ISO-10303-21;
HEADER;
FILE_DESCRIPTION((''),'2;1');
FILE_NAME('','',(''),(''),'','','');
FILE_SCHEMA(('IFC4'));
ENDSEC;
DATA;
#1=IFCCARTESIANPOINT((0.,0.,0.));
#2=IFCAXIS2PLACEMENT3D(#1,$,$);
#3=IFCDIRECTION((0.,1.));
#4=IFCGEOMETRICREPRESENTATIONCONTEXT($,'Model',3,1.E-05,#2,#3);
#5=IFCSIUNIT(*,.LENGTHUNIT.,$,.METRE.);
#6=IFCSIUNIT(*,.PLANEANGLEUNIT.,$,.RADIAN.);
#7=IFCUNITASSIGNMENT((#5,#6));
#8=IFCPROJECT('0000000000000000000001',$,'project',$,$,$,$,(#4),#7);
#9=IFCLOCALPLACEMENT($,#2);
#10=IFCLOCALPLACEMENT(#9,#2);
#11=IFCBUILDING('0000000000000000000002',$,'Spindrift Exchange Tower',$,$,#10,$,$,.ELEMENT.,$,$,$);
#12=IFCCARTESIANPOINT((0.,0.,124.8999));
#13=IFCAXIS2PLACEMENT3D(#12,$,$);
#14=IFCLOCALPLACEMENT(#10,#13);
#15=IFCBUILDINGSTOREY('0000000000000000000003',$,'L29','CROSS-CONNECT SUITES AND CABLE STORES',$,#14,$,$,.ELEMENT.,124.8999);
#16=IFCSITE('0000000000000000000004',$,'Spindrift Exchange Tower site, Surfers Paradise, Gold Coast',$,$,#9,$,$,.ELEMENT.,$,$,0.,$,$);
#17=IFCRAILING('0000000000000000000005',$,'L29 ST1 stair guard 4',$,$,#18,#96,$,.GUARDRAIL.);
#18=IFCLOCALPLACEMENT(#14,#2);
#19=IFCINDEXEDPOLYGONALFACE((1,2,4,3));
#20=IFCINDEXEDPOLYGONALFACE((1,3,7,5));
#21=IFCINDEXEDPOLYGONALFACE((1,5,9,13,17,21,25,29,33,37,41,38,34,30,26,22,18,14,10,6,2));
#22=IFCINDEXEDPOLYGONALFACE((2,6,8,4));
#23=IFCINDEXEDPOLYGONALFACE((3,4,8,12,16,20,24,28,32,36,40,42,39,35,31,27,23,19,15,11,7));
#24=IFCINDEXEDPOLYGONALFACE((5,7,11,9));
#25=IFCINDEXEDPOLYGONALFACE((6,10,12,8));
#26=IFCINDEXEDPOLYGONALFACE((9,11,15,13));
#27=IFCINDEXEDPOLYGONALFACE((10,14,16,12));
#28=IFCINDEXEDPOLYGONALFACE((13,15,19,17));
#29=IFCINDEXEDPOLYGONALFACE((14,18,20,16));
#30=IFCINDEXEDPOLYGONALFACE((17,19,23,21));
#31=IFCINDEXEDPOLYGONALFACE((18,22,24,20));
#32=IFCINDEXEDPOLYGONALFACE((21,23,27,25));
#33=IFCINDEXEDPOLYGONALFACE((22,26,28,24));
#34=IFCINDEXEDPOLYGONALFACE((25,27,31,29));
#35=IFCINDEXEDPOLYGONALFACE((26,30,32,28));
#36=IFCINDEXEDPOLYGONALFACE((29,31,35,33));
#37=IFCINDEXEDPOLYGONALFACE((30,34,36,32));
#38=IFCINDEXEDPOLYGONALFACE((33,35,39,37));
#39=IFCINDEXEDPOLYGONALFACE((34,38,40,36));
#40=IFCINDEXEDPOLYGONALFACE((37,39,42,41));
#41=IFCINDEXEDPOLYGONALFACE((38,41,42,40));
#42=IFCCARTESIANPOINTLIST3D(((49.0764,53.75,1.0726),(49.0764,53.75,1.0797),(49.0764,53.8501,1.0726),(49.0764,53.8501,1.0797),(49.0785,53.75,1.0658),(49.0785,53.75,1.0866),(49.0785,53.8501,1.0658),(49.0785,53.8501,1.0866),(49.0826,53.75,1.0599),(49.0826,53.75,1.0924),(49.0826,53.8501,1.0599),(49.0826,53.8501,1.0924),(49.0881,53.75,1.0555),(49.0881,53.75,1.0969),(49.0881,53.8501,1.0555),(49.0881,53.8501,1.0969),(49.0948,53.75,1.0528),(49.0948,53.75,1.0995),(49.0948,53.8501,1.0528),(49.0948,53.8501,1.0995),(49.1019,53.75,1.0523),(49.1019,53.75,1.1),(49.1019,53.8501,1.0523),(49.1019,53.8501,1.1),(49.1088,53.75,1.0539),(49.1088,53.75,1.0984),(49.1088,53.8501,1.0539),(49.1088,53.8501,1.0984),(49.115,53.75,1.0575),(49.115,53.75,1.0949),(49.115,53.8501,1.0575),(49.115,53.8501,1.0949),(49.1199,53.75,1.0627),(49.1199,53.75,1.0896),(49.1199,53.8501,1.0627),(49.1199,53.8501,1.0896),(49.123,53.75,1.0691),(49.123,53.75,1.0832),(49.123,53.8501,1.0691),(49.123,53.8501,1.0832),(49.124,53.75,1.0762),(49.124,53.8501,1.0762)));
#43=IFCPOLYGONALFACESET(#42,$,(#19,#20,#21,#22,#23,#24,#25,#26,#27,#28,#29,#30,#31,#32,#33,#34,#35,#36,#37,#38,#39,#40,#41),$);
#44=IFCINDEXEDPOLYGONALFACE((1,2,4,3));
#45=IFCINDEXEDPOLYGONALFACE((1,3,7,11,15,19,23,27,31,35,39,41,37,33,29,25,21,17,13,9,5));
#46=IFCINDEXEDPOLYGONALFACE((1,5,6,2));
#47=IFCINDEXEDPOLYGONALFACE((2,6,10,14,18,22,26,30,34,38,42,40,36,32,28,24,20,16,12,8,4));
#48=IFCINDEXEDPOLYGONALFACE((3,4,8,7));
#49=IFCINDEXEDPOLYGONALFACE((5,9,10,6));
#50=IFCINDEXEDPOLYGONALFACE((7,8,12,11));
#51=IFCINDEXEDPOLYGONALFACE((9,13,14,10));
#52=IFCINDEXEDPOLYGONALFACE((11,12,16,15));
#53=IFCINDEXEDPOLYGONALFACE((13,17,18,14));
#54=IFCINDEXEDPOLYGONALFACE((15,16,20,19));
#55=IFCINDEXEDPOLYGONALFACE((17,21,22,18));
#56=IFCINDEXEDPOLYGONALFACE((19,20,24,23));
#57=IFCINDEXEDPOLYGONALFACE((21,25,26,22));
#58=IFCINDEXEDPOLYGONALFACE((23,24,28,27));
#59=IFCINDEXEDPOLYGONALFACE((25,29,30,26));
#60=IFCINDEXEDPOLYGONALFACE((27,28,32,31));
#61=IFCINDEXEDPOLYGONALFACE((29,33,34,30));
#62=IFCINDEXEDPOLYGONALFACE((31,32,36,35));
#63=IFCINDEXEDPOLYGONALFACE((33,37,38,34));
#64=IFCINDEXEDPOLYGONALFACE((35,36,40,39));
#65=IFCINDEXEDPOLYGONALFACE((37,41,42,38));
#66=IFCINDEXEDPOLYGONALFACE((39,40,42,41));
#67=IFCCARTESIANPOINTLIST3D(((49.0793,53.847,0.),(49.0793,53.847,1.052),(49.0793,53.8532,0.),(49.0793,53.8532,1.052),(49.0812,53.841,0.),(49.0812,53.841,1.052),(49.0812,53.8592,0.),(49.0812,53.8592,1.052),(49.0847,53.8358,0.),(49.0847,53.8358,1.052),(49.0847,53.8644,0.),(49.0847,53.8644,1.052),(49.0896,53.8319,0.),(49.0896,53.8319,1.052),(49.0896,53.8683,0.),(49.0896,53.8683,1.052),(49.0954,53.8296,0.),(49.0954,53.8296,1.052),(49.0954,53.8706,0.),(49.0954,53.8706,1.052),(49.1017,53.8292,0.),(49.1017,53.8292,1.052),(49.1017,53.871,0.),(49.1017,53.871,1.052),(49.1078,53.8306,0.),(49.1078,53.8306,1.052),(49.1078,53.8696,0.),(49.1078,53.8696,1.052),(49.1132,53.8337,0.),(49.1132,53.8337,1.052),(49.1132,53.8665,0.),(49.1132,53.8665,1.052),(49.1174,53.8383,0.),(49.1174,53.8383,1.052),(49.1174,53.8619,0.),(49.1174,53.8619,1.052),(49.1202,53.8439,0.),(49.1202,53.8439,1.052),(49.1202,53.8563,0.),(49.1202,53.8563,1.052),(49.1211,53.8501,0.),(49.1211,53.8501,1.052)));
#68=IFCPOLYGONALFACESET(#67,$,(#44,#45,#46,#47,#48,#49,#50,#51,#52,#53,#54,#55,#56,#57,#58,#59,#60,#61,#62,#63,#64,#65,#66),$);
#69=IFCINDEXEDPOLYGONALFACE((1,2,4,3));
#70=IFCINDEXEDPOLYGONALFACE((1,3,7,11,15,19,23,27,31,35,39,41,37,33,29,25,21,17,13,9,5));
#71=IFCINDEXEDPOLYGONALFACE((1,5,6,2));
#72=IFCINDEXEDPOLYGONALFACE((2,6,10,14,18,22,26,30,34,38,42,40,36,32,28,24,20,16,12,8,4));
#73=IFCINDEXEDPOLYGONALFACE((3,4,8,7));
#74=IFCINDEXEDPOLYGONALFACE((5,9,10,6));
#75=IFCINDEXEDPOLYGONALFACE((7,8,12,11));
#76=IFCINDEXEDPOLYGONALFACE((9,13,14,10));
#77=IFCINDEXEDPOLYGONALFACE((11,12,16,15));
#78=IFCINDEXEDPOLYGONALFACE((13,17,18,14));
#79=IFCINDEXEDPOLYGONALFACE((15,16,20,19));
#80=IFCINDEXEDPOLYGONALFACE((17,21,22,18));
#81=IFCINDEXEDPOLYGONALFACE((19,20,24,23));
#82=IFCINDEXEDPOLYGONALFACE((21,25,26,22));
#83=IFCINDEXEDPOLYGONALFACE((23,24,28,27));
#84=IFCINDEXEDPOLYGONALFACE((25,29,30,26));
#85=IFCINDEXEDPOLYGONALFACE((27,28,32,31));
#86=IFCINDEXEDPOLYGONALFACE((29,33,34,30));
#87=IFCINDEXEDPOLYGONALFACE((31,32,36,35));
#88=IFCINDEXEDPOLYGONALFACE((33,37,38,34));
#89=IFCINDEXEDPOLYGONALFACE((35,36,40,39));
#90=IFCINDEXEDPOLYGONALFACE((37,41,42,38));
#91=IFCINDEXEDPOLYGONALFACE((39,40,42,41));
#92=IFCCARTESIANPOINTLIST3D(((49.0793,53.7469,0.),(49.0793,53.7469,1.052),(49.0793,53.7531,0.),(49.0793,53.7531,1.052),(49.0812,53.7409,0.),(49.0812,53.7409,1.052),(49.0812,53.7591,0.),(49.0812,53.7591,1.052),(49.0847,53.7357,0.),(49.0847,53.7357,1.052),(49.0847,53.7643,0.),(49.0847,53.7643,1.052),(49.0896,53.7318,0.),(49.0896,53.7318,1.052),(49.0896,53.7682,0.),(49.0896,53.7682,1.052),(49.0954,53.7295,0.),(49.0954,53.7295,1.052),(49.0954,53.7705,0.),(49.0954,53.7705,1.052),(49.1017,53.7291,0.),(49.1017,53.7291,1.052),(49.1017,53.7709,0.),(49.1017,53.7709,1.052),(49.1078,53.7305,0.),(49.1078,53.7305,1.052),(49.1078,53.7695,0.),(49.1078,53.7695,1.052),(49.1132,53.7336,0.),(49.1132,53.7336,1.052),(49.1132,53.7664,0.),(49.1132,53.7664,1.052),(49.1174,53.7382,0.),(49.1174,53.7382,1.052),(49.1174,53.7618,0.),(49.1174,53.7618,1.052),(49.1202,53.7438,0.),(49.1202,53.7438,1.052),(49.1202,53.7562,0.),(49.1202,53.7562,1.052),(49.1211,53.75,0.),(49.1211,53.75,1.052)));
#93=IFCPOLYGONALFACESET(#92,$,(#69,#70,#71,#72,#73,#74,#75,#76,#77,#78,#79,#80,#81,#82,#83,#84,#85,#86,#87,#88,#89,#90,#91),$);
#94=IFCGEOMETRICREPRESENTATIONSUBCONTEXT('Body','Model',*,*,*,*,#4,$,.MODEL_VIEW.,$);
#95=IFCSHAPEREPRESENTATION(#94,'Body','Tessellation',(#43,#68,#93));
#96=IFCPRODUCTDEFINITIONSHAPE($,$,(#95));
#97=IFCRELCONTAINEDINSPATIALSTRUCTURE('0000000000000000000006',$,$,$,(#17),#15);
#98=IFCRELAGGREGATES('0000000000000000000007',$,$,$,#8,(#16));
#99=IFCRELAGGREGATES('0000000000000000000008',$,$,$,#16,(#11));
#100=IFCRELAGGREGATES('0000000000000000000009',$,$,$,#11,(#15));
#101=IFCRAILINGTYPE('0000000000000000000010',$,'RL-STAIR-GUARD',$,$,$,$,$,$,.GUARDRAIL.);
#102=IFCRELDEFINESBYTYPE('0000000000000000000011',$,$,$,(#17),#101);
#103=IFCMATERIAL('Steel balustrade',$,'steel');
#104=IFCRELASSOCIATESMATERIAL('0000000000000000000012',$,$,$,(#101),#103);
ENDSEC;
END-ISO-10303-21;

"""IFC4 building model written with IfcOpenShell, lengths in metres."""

from ifc_helpers import new_model, si_unit, direction, frame, origin, origin_2d, place, context, subcontext, project, spatial, circle, extrude, material, type_object, element, save


model = new_model("IFC4")

# Units and contexts
model_context = context("Model", 3, precision=1e-05, world=origin(), true_north=direction((0.0, 1.0)))
body_context = subcontext(model_context, "Body", "Model", "MODEL_VIEW")
ifc_project = project(units=[si_unit("LENGTHUNIT", "METRE"), si_unit("PLANEANGLEUNIT", "RADIAN")], contexts=[model_context])

# Site, building, storey
site_placement = place(None, origin())
site = spatial("IfcSite", under=ifc_project, at=site_placement, Name="Spindrift Exchange Tower site, Surfers Paradise, Gold Coast", CompositionType="ELEMENT", RefElevation=0.0)
building_placement = place(site_placement, origin())
building = spatial("IfcBuilding", under=site, at=building_placement, Name="Spindrift Exchange Tower", CompositionType="ELEMENT")
storey_placement = place(building_placement, frame((0.0, 0.0, 124.8999)))
storey = spatial("IfcBuildingStorey", under=building, at=storey_placement, Name="L29", Description="CROSS-CONNECT SUITES AND CABLE STORES", CompositionType="ELEMENT", Elevation=124.8999)

# Railing
ifc_material_1 = material(Name="Steel balustrade", Category="steel")
railing_type_1 = type_object("IfcRailingType", Name="RL-STAIR-GUARD", PredefinedType="GUARDRAIL", material=ifc_material_1)
railing_1_placement = place(storey_placement, frame((49.1001, 53.8501, 0.0)))
element("IfcRailing", 1, at=railing_1_placement, inside=storey, type_object=railing_type_1, Name="L29 ST1 stair guard 4", PredefinedType="GUARDRAIL", context=body_context, shape_type="SweptSolid", body=[
    extrude(circle(Radius=0.0239, at=origin_2d()), frame((0.0, 0.0, 1.0762), z_axis=(0.0, -1.0, 0.0), x_axis=(1.0, 0.0, 0.0)), (0.0, 0.0, 1.0), 0.1001),
    extrude(circle(Radius=0.021, at=origin_2d()), origin(), (0.0, 0.0, 1.0), 1.052),
    extrude(circle(Radius=0.021, at=origin_2d()), frame((0.0, -0.1001, 0.0)), (0.0, 0.0, 1.0), 1.052),
])

save(model, "model.ifc")
